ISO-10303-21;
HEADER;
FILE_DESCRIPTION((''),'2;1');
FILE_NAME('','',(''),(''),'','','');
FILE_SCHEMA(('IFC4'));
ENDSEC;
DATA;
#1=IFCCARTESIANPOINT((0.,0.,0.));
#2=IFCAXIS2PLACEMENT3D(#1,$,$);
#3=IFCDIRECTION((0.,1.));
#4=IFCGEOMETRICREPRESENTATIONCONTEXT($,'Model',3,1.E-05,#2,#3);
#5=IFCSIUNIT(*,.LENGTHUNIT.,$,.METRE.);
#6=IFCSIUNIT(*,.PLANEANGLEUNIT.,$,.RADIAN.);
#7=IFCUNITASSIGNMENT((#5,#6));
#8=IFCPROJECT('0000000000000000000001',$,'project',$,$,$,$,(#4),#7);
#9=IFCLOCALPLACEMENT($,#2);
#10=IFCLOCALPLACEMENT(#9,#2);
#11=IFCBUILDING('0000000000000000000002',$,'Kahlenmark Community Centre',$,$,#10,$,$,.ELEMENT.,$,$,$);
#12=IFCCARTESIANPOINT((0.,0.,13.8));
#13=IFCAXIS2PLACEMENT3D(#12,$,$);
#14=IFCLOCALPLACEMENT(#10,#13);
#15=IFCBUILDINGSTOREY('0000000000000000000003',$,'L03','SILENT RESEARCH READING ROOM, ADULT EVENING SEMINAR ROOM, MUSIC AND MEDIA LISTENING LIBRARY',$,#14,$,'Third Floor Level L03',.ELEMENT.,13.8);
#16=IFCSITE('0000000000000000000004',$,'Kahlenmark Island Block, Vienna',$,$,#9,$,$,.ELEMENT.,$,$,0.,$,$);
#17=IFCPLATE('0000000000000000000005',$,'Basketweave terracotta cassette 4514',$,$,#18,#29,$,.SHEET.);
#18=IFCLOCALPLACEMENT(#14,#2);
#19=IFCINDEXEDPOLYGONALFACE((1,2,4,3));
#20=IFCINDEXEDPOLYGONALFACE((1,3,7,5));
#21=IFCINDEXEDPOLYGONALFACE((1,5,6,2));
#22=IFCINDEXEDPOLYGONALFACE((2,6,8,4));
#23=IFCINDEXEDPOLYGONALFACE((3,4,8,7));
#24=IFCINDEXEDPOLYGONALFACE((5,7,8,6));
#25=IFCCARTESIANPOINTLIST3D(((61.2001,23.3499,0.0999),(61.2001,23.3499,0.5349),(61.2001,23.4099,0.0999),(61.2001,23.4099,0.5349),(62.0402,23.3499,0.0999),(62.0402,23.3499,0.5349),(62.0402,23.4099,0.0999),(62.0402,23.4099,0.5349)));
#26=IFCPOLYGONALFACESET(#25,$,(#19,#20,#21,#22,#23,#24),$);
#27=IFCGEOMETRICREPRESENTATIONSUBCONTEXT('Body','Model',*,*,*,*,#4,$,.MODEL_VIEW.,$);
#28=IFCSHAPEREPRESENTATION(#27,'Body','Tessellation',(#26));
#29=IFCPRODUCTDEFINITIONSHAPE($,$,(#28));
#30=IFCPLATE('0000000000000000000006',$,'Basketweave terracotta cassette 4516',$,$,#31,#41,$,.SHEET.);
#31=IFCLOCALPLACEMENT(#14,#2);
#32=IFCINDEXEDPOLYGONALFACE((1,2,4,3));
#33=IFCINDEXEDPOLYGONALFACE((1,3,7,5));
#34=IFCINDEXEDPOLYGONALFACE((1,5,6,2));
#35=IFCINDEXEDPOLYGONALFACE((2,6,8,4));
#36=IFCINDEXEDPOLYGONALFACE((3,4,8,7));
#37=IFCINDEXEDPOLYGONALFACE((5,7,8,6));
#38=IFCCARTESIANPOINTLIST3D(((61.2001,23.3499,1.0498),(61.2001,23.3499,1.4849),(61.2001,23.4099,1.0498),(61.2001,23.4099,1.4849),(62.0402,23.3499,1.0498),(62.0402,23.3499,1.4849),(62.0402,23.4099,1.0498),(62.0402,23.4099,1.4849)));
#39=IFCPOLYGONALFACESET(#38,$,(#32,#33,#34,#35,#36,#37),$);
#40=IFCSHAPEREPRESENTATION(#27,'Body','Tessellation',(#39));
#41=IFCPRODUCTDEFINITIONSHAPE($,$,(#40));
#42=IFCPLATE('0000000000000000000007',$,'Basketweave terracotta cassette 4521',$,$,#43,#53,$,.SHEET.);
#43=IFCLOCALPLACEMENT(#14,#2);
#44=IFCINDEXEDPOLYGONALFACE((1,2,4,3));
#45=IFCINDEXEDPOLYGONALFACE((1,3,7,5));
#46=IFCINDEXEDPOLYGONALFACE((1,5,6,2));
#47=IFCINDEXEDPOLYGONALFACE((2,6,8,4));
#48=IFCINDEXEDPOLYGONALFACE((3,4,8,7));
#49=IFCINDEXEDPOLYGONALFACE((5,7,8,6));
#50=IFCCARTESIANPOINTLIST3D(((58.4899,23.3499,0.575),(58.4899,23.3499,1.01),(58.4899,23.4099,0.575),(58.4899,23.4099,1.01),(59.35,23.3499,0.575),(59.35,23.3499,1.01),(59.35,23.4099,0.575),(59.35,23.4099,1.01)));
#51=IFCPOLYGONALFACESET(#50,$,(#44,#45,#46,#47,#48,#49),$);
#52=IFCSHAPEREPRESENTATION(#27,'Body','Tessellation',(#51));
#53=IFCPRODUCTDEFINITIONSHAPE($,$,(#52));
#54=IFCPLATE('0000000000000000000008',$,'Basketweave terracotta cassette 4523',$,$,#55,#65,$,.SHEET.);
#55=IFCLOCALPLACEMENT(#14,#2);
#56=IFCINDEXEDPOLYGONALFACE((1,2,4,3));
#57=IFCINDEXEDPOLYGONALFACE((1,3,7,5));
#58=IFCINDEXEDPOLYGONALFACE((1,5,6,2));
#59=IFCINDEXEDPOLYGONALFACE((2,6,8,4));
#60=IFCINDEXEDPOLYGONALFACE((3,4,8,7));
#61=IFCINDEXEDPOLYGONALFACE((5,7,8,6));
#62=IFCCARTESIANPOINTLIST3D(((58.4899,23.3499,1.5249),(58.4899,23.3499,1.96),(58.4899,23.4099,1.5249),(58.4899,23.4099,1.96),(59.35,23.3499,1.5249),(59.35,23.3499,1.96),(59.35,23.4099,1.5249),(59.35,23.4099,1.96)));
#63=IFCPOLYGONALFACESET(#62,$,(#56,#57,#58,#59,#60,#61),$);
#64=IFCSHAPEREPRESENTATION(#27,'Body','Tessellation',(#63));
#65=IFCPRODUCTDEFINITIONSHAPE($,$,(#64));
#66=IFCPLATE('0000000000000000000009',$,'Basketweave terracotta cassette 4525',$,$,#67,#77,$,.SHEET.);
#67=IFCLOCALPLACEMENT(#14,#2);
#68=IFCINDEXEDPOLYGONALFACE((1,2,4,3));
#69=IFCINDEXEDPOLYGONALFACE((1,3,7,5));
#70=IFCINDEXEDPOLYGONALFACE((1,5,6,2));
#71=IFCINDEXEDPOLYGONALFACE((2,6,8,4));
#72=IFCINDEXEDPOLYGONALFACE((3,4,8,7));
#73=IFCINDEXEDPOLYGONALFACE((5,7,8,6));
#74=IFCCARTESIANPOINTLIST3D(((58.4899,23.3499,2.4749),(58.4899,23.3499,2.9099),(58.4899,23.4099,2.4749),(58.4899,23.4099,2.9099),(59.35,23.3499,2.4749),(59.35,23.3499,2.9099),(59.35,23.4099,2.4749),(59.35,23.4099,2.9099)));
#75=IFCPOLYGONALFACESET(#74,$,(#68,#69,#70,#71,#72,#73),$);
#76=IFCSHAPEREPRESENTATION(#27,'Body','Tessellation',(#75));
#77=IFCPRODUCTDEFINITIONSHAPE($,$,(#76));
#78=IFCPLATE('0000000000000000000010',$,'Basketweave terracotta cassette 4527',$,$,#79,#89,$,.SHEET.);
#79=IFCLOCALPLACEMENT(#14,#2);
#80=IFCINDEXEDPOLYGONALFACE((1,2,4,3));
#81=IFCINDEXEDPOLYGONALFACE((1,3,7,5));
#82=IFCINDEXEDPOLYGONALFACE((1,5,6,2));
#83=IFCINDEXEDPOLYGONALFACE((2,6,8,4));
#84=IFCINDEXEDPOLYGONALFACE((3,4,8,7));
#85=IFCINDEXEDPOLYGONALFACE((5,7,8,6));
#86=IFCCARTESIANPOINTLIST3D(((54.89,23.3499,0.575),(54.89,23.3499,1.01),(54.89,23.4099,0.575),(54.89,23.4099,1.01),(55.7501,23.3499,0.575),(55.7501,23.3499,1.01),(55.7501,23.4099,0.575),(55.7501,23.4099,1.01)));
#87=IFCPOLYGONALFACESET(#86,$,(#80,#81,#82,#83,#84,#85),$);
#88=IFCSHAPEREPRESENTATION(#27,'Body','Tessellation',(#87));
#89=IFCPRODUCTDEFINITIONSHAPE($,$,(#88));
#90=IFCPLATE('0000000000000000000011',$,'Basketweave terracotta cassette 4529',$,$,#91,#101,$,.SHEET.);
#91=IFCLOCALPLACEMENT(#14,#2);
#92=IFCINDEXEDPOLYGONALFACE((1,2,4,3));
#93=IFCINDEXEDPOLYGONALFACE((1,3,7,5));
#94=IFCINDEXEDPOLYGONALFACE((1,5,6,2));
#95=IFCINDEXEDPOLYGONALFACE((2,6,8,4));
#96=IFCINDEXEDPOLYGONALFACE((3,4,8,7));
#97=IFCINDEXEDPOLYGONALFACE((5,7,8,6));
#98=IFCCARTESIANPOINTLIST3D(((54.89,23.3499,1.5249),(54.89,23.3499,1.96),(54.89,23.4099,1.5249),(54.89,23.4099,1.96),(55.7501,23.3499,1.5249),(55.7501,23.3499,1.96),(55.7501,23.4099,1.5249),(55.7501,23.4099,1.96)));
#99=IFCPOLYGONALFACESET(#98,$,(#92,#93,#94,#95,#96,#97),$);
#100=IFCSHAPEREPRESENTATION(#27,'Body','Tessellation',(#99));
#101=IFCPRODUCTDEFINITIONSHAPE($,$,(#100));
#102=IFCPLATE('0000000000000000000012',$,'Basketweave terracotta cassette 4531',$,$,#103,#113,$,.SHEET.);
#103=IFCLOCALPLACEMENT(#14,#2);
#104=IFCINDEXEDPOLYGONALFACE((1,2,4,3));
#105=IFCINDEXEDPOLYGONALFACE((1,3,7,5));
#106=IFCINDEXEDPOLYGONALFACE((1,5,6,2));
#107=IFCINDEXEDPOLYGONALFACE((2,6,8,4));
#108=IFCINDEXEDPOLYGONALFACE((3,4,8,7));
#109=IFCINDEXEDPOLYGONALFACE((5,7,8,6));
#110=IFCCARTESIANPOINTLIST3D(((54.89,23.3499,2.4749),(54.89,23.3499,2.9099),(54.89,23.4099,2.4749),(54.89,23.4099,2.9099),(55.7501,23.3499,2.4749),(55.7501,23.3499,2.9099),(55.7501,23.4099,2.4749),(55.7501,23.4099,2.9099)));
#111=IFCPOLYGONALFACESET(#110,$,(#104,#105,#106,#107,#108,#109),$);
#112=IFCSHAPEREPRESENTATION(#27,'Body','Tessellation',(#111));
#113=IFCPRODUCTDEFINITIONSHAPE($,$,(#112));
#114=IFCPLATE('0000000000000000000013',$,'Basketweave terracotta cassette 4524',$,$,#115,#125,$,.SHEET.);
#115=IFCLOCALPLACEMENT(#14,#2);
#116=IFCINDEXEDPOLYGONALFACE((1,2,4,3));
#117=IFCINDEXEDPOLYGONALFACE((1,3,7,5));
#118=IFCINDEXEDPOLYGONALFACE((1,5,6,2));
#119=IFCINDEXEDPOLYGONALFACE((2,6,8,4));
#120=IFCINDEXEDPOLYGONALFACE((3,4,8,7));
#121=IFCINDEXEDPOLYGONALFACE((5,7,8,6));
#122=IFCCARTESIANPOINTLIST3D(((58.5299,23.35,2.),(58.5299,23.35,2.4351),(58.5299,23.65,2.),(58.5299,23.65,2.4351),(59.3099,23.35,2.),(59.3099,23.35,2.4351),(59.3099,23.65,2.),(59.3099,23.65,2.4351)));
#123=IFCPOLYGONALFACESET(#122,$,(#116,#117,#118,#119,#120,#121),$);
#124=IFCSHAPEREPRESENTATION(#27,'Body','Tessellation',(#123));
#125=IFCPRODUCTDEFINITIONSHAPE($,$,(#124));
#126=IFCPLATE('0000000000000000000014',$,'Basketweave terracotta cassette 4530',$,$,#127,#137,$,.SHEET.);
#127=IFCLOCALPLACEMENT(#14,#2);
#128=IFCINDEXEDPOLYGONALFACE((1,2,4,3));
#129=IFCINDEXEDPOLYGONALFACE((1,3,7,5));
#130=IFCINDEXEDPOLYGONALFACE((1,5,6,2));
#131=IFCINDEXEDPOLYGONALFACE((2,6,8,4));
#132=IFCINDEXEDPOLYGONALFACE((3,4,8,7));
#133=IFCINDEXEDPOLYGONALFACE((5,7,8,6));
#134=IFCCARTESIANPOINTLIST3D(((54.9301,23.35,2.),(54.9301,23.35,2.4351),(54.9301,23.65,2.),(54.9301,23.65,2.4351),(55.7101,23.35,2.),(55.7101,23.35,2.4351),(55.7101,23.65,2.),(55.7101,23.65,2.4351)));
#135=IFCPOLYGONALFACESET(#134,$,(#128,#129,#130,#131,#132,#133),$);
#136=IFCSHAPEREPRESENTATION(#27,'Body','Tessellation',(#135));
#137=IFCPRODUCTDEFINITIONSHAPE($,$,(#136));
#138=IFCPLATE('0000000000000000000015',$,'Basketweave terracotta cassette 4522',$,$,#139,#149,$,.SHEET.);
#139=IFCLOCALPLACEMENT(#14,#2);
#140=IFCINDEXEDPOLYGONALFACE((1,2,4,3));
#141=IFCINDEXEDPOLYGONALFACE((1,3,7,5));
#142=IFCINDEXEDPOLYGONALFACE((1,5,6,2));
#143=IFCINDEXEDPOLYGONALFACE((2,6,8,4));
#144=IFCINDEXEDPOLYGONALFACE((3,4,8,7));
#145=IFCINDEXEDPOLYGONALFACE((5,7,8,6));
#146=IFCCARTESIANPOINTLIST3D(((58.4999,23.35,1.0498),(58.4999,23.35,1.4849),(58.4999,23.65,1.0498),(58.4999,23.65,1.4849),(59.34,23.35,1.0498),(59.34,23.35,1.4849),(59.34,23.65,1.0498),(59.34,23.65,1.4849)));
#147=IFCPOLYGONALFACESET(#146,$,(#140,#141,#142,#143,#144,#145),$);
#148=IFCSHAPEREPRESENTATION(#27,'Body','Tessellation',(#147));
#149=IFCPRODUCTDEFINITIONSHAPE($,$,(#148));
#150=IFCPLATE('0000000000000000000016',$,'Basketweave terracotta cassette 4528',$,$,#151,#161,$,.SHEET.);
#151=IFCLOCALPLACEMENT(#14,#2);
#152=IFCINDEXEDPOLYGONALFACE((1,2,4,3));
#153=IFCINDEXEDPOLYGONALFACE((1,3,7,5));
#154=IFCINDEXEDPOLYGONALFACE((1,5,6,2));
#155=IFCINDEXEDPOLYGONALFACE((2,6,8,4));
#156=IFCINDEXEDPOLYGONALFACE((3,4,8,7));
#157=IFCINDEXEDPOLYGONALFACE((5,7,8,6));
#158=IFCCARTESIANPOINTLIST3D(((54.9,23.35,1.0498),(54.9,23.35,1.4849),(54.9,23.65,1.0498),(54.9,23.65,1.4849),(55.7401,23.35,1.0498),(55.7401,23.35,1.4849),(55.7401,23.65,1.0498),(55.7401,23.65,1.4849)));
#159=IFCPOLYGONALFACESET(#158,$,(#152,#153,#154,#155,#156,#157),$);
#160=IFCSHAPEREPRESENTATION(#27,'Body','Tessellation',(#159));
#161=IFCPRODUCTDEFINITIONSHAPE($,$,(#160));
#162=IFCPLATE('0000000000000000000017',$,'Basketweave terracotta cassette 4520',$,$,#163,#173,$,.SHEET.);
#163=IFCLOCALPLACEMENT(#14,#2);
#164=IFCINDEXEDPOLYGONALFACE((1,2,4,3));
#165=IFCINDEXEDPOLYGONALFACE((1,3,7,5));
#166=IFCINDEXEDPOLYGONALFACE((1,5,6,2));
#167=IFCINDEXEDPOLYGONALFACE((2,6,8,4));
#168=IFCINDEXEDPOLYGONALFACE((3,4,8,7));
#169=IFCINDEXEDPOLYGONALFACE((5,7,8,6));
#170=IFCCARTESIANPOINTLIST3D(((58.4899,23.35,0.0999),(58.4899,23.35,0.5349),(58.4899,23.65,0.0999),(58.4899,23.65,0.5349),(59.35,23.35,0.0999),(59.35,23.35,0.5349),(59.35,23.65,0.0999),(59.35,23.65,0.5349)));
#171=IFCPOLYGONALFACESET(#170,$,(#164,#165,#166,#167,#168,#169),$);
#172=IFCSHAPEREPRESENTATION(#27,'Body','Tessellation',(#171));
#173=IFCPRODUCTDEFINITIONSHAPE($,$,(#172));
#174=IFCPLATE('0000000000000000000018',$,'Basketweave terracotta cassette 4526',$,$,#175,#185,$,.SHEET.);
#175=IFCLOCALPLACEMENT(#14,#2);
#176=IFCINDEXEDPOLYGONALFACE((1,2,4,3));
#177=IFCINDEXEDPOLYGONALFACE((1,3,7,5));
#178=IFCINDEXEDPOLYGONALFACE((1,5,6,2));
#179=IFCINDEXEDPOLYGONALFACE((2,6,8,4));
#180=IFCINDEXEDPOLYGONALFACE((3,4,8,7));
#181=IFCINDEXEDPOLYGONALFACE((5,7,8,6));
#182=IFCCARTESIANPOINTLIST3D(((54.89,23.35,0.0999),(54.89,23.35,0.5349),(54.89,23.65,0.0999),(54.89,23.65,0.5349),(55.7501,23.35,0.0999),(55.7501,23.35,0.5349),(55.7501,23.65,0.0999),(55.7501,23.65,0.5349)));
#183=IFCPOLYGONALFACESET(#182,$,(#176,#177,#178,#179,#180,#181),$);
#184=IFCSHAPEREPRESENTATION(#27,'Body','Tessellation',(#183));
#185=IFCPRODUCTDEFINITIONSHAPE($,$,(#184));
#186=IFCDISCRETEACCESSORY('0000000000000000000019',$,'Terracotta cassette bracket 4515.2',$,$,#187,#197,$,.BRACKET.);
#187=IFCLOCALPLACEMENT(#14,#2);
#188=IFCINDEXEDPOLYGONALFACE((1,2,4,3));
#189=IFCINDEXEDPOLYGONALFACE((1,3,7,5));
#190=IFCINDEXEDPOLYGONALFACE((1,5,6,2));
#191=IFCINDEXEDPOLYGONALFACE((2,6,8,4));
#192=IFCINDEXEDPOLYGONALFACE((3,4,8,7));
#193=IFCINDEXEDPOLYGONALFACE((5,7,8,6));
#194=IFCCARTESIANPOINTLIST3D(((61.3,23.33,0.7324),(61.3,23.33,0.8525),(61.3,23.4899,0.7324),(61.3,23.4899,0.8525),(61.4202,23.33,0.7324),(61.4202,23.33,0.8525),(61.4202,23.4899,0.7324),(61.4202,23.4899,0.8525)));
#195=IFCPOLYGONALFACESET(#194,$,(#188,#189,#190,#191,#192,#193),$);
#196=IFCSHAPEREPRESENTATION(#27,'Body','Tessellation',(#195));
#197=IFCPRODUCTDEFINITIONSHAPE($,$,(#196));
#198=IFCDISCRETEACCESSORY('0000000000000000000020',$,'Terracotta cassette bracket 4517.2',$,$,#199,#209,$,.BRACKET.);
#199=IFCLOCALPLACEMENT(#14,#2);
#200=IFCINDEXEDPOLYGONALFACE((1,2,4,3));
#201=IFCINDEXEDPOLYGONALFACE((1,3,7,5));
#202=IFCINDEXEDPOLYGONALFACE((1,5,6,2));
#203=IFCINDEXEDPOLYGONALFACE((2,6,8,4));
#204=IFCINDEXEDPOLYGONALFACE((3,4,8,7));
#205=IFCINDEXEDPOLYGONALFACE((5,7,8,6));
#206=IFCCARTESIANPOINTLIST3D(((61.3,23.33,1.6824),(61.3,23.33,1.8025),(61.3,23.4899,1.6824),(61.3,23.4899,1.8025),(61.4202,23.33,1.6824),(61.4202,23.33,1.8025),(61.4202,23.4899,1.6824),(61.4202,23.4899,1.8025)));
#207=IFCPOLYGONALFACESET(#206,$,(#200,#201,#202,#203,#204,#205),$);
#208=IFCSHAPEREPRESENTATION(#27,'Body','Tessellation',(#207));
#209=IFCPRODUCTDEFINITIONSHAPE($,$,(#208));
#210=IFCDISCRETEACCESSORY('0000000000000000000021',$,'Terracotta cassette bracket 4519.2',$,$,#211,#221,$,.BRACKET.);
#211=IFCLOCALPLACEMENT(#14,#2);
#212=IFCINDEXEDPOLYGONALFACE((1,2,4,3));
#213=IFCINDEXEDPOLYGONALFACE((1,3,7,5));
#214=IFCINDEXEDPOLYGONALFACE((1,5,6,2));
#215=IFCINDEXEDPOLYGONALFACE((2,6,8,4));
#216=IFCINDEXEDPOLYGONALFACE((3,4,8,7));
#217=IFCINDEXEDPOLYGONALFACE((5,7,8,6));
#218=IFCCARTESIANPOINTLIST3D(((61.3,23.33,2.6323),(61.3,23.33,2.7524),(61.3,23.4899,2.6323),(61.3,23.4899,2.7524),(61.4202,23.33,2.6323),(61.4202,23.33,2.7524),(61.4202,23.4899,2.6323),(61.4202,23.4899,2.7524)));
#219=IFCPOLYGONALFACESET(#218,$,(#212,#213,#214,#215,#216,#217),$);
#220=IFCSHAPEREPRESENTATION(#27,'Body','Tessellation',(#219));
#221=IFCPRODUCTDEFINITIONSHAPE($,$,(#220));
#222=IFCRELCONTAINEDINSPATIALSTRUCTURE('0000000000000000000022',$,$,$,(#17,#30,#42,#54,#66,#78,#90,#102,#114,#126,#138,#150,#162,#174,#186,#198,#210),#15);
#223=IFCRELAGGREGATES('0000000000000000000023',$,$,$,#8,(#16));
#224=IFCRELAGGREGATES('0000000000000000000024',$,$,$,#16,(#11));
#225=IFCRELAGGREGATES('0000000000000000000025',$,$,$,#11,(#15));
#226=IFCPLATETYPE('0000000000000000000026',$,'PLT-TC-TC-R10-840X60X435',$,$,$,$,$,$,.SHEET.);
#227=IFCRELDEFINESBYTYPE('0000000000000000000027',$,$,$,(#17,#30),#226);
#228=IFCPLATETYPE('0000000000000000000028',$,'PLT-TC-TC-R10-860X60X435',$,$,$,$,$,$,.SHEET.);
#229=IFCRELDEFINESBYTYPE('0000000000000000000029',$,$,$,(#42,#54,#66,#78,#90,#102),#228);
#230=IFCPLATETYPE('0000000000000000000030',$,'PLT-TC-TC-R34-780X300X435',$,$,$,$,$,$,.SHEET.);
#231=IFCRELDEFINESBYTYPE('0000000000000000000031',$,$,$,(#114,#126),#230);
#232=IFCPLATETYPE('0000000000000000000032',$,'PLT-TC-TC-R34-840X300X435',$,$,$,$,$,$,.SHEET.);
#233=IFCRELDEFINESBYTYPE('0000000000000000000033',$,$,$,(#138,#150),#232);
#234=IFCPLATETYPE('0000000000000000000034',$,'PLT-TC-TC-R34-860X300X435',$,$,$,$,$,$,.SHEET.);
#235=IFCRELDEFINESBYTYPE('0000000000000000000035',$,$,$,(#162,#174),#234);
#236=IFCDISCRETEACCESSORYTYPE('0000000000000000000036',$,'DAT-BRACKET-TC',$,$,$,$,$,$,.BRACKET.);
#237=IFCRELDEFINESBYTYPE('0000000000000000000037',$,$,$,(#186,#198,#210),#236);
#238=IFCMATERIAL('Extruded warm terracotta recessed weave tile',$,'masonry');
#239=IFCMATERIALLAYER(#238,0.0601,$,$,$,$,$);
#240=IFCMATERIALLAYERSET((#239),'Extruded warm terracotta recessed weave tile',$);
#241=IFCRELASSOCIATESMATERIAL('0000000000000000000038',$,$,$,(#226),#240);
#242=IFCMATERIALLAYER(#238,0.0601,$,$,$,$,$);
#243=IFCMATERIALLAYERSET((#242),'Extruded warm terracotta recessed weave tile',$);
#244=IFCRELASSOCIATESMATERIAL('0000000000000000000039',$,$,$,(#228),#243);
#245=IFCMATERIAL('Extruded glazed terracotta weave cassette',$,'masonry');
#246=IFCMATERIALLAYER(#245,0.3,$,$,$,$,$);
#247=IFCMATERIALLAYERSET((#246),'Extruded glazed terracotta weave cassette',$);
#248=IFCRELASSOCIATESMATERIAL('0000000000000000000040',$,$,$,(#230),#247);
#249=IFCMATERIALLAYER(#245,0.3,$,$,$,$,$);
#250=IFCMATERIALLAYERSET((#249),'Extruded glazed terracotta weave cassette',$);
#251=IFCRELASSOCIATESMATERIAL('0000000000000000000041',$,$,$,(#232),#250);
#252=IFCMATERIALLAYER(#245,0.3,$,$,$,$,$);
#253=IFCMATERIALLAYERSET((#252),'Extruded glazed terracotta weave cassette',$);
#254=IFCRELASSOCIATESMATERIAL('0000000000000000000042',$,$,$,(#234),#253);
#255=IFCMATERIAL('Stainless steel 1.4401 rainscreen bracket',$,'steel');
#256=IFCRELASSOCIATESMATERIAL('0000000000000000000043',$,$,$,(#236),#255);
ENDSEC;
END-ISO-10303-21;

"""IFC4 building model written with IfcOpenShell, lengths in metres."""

from ifc_helpers import new_model, si_unit, direction, frame, origin, origin_2d, place, context, subcontext, project, spatial, rectangle, extrude, material, layer, layer_set, type_object, element, save


model = new_model("IFC4")

# Units and contexts
model_context = context("Model", 3, precision=1e-05, world=origin(), true_north=direction((0.0, 1.0)))
body_context = subcontext(model_context, "Body", "Model", "MODEL_VIEW")
ifc_project = project(units=[si_unit("LENGTHUNIT", "METRE"), si_unit("PLANEANGLEUNIT", "RADIAN")], contexts=[model_context])

# Site, building, storey
site_placement = place(None, origin())
site = spatial("IfcSite", under=ifc_project, at=site_placement, Name="Kahlenmark Island Block, Vienna", CompositionType="ELEMENT", RefElevation=0.0)
building_placement = place(site_placement, origin())
building = spatial("IfcBuilding", under=site, at=building_placement, Name="Kahlenmark Community Centre", CompositionType="ELEMENT")
storey_placement = place(building_placement, frame((0.0, 0.0, 13.8)))
storey = spatial("IfcBuildingStorey", under=building, at=storey_placement, Name="L03", Description="SILENT RESEARCH READING ROOM, ADULT EVENING SEMINAR ROOM, MUSIC AND MEDIA LISTENING LIBRARY", LongName="Third Floor Level L03", CompositionType="ELEMENT", Elevation=13.8)

# Plates
ifc_material_1 = material(Name="Extruded warm terracotta recessed weave tile", Category="masonry")
ifc_layer_1 = layer(ifc_material_1, 0.0601)
ifc_layer_set_1 = layer_set([ifc_layer_1], Name="Extruded warm terracotta recessed weave tile")
plate_type_1 = type_object("IfcPlateType", Name="PLT-TC-TC-R10-840X60X435", PredefinedType="SHEET", material=ifc_layer_set_1)
for number, where, z_axis, x_axis, name in (
    (1, (61.6201, 23.3799, 0.0999), (0.0, 0.0, 1.0), (-1.0, 0.0, 0.0), "Basketweave terracotta cassette 4514"),
    (2, (61.6201, 23.3799, 1.0498), (0.0, 0.0, 1.0), (-1.0, 0.0, 0.0), "Basketweave terracotta cassette 4516"),
):
    element("IfcPlate", number, at=place(storey_placement, frame(where, z_axis=z_axis, x_axis=x_axis)), inside=storey, type_object=plate_type_1, Name=name, PredefinedType="SHEET", context=body_context, shape_type="SweptSolid", body=[
        extrude(rectangle(XDim=0.8401, YDim=0.0601, at=origin_2d()), origin(), (0.0, 0.0, 1.0), 0.4351),
    ])
ifc_layer_2 = layer(ifc_material_1, 0.0601)
ifc_layer_set_2 = layer_set([ifc_layer_2], Name="Extruded warm terracotta recessed weave tile")
plate_type_2 = type_object("IfcPlateType", Name="PLT-TC-TC-R10-860X60X435", PredefinedType="SHEET", material=ifc_layer_set_2)
for number, where, z_axis, x_axis, name in (
    (3, (58.9199, 23.3799, 0.575), (0.0, 0.0, 1.0), (-1.0, 0.0, 0.0), "Basketweave terracotta cassette 4521"),
    (4, (58.9199, 23.3799, 1.5249), (0.0, 0.0, 1.0), (-1.0, 0.0, 0.0), "Basketweave terracotta cassette 4523"),
    (5, (58.9199, 23.3799, 2.4749), (0.0, 0.0, 1.0), (-1.0, 0.0, 0.0), "Basketweave terracotta cassette 4525"),
    (6, (55.3201, 23.3799, 0.575), (0.0, 0.0, 1.0), (-1.0, 0.0, 0.0), "Basketweave terracotta cassette 4527"),
    (7, (55.3201, 23.3799, 1.5249), (0.0, 0.0, 1.0), (-1.0, 0.0, 0.0), "Basketweave terracotta cassette 4529"),
    (8, (55.3201, 23.3799, 2.4749), (0.0, 0.0, 1.0), (-1.0, 0.0, 0.0), "Basketweave terracotta cassette 4531"),
):
    element("IfcPlate", number, at=place(storey_placement, frame(where, z_axis=z_axis, x_axis=x_axis)), inside=storey, type_object=plate_type_2, Name=name, PredefinedType="SHEET", context=body_context, shape_type="SweptSolid", body=[
        extrude(rectangle(XDim=0.8601, YDim=0.0601, at=origin_2d()), origin(), (0.0, 0.0, 1.0), 0.4351),
    ])
ifc_material_2 = material(Name="Extruded glazed terracotta weave cassette", Category="masonry")
ifc_layer_3 = layer(ifc_material_2, 0.3)
ifc_layer_set_3 = layer_set([ifc_layer_3], Name="Extruded glazed terracotta weave cassette")
plate_type_3 = type_object("IfcPlateType", Name="PLT-TC-TC-R34-780X300X435", PredefinedType="SHEET", material=ifc_layer_set_3)
for number, where, z_axis, x_axis, name in (
    (9, (58.9199, 23.5, 2.0), (0.0, 0.0, 1.0), (-1.0, 0.0, 0.0), "Basketweave terracotta cassette 4524"),
    (10, (55.3201, 23.5, 2.0), (0.0, 0.0, 1.0), (-1.0, 0.0, 0.0), "Basketweave terracotta cassette 4530"),
):
    element("IfcPlate", number, at=place(storey_placement, frame(where, z_axis=z_axis, x_axis=x_axis)), inside=storey, type_object=plate_type_3, Name=name, PredefinedType="SHEET", context=body_context, shape_type="SweptSolid", body=[
        extrude(rectangle(XDim=0.78, YDim=0.3, at=origin_2d()), origin(), (0.0, 0.0, 1.0), 0.4351),
    ])
ifc_layer_4 = layer(ifc_material_2, 0.3)
ifc_layer_set_4 = layer_set([ifc_layer_4], Name="Extruded glazed terracotta weave cassette")
plate_type_4 = type_object("IfcPlateType", Name="PLT-TC-TC-R34-840X300X435", PredefinedType="SHEET", material=ifc_layer_set_4)
for number, where, z_axis, x_axis, name in (
    (11, (58.9199, 23.5, 1.0498), (0.0, 0.0, 1.0), (-1.0, 0.0, 0.0), "Basketweave terracotta cassette 4522"),
    (12, (55.3201, 23.5, 1.0498), (0.0, 0.0, 1.0), (-1.0, 0.0, 0.0), "Basketweave terracotta cassette 4528"),
):
    element("IfcPlate", number, at=place(storey_placement, frame(where, z_axis=z_axis, x_axis=x_axis)), inside=storey, type_object=plate_type_4, Name=name, PredefinedType="SHEET", context=body_context, shape_type="SweptSolid", body=[
        extrude(rectangle(XDim=0.8401, YDim=0.3, at=origin_2d()), origin(), (0.0, 0.0, 1.0), 0.4351),
    ])
ifc_layer_5 = layer(ifc_material_2, 0.3)
ifc_layer_set_5 = layer_set([ifc_layer_5], Name="Extruded glazed terracotta weave cassette")
plate_type_5 = type_object("IfcPlateType", Name="PLT-TC-TC-R34-860X300X435", PredefinedType="SHEET", material=ifc_layer_set_5)
for number, where, z_axis, x_axis, name in (
    (13, (58.9199, 23.5, 0.0999), (0.0, 0.0, 1.0), (-1.0, 0.0, 0.0), "Basketweave terracotta cassette 4520"),
    (14, (55.3201, 23.5, 0.0999), (0.0, 0.0, 1.0), (-1.0, 0.0, 0.0), "Basketweave terracotta cassette 4526"),
):
    element("IfcPlate", number, at=place(storey_placement, frame(where, z_axis=z_axis, x_axis=x_axis)), inside=storey, type_object=plate_type_5, Name=name, PredefinedType="SHEET", context=body_context, shape_type="SweptSolid", body=[
        extrude(rectangle(XDim=0.8601, YDim=0.3, at=origin_2d()), origin(), (0.0, 0.0, 1.0), 0.4351),
    ])

# Discrete accessories
ifc_material_3 = material(Name="Stainless steel 1.4401 rainscreen bracket", Category="steel")
discrete_accessory_type = type_object("IfcDiscreteAccessoryType", Name="DAT-BRACKET-TC", PredefinedType="BRACKET", material=ifc_material_3)
for number, where, z_axis, x_axis, name in (
    (15, (61.3601, 23.4099, 0.7324), (0.0, 0.0, 1.0), (-1.0, 0.0, 0.0), "Terracotta cassette bracket 4515.2"),
    (16, (61.3601, 23.4099, 1.6824), (0.0, 0.0, 1.0), (-1.0, 0.0, 0.0), "Terracotta cassette bracket 4517.2"),
    (17, (61.3601, 23.4099, 2.6323), (0.0, 0.0, 1.0), (-1.0, 0.0, 0.0), "Terracotta cassette bracket 4519.2"),
):
    element("IfcDiscreteAccessory", number, at=place(storey_placement, frame(where, z_axis=z_axis, x_axis=x_axis)), inside=storey, type_object=discrete_accessory_type, Name=name, PredefinedType="BRACKET", context=body_context, shape_type="SweptSolid", body=[
        extrude(rectangle(XDim=0.1201, YDim=0.1599, at=origin_2d()), origin(), (0.0, 0.0, 1.0), 0.1201),
    ])

save(model, "model.ifc")
